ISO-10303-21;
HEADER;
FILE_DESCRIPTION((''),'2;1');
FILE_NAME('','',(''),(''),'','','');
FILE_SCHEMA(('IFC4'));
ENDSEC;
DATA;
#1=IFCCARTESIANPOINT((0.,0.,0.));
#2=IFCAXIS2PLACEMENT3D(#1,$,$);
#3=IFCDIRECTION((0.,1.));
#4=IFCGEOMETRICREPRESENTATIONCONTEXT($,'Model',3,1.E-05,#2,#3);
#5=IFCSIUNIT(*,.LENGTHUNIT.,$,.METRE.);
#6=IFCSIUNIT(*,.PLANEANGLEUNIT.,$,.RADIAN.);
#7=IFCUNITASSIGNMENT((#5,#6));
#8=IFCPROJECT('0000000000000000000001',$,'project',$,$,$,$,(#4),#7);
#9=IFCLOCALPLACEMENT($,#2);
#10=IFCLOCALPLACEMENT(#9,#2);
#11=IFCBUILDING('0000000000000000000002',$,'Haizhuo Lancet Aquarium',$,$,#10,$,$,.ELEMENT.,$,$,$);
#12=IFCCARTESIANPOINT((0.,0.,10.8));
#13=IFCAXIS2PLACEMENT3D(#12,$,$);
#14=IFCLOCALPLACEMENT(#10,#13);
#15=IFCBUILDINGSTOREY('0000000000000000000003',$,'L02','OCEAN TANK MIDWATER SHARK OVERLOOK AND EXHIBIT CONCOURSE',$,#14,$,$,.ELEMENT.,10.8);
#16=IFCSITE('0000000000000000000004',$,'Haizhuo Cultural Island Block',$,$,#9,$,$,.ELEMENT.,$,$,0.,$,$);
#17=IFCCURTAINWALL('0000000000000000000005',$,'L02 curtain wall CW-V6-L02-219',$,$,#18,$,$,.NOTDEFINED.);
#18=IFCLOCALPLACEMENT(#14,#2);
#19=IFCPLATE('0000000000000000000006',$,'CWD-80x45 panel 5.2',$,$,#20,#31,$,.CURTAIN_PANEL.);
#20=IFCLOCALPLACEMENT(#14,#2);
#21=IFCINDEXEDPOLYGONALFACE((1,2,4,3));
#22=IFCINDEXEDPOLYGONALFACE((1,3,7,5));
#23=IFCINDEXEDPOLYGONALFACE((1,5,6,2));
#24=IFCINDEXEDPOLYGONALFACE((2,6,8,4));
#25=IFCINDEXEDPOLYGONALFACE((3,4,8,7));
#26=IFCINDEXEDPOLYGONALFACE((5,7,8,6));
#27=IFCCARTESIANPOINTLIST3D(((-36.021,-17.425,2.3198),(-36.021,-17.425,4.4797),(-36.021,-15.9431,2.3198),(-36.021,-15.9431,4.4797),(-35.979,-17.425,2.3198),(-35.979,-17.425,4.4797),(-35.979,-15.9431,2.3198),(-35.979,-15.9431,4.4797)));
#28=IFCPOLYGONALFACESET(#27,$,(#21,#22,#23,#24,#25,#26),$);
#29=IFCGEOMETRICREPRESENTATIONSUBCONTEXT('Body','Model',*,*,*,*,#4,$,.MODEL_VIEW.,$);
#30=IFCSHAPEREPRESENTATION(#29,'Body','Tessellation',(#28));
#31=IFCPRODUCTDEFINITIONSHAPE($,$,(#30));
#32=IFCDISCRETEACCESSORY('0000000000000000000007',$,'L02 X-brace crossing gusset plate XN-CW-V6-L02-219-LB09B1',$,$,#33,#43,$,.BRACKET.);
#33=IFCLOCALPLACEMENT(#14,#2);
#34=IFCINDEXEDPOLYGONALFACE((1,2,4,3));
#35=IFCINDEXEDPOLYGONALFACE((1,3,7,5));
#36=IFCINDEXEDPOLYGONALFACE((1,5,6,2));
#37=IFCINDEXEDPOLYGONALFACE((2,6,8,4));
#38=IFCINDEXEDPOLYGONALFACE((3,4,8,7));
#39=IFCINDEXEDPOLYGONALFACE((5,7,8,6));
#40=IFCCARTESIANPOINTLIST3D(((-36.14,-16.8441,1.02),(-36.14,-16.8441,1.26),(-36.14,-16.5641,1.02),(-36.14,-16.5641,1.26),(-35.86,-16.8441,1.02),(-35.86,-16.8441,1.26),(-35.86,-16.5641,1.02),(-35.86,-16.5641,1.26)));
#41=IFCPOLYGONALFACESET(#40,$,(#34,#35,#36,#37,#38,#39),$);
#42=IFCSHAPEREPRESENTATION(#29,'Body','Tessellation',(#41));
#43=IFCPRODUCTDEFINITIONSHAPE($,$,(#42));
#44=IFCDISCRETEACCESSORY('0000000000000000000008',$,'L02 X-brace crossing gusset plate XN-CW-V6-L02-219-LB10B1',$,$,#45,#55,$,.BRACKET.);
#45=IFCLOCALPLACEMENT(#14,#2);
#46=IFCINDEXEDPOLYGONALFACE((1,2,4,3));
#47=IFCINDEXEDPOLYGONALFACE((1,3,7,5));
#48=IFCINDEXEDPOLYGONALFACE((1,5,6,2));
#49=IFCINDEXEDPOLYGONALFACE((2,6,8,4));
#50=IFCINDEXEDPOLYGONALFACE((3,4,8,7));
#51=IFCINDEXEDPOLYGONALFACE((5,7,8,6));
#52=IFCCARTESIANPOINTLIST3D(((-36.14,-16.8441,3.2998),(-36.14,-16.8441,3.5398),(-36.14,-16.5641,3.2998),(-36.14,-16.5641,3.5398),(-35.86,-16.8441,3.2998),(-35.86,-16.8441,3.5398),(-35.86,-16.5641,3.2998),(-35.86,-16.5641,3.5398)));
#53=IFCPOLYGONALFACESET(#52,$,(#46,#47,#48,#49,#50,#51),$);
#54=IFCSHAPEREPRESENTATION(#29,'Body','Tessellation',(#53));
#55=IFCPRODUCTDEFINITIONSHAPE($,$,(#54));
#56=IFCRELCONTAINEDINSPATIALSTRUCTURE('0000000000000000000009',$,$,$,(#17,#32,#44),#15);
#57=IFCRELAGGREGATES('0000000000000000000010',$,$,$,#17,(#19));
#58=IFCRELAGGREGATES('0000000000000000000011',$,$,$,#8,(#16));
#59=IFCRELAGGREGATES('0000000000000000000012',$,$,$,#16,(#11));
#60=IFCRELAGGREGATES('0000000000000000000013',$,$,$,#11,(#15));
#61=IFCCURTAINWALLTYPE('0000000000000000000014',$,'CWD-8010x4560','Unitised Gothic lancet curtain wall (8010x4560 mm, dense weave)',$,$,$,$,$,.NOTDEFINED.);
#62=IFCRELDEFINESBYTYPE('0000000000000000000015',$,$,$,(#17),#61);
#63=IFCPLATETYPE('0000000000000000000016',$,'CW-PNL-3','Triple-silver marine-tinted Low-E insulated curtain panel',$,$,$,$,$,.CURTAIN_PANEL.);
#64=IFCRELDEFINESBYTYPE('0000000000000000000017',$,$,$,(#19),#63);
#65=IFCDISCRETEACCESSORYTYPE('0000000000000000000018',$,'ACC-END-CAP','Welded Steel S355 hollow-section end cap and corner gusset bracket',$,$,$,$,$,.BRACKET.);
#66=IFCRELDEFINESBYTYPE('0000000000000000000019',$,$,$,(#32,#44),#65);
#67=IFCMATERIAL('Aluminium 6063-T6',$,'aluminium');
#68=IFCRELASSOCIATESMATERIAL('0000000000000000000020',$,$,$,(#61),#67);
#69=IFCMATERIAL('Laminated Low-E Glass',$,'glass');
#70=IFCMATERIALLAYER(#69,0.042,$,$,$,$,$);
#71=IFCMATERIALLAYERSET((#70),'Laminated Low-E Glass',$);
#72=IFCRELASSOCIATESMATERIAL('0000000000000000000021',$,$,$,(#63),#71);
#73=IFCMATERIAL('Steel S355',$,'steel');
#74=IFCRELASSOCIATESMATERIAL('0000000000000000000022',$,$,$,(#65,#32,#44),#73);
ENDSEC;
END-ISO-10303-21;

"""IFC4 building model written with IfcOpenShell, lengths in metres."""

from ifc_helpers import new_model, si_unit, direction, frame, origin, origin_2d, place, context, subcontext, project, spatial, rectangle, extrude, material, layer, layer_set, type_object, element, aggregate, save


model = new_model("IFC4")

# Units and contexts
model_context = context("Model", 3, precision=1e-05, world=origin(), true_north=direction((0.0, 1.0)))
body_context = subcontext(model_context, "Body", "Model", "MODEL_VIEW")
ifc_project = project(units=[si_unit("LENGTHUNIT", "METRE"), si_unit("PLANEANGLEUNIT", "RADIAN")], contexts=[model_context])

# Site, building, storey
site_placement = place(None, origin())
site = spatial("IfcSite", under=ifc_project, at=site_placement, Name="Haizhuo Cultural Island Block", CompositionType="ELEMENT", RefElevation=0.0)
building_placement = place(site_placement, origin())
building = spatial("IfcBuilding", under=site, at=building_placement, Name="Haizhuo Lancet Aquarium", CompositionType="ELEMENT")
storey_placement = place(building_placement, frame((0.0, 0.0, 10.8)))
storey = spatial("IfcBuildingStorey", under=building, at=storey_placement, Name="L02", Description="OCEAN TANK MIDWATER SHARK OVERLOOK AND EXHIBIT CONCOURSE", CompositionType="ELEMENT", Elevation=10.8)

# Shared definitions
ifc_material_1 = material(Name="Steel S355", Category="steel")

# Curtain wall
ifc_material_2 = material(Name="Aluminium 6063-T6", Category="aluminium")
curtain_wall_type = type_object("IfcCurtainWallType", Name="CWD-8010x4560", Description="Unitised Gothic lancet curtain wall (8010x4560 mm, dense weave)", PredefinedType="NOTDEFINED", material=ifc_material_2)
curtain_wall_placement = place(storey_placement, origin())
curtain_wall = element("IfcCurtainWall", 1, at=curtain_wall_placement, inside=storey, type_object=curtain_wall_type, Name="L02 curtain wall CW-V6-L02-219", PredefinedType="NOTDEFINED")

# Plate
ifc_material_3 = material(Name="Laminated Low-E Glass", Category="glass")
ifc_layer = layer(ifc_material_3, 0.042)
ifc_layer_set = layer_set([ifc_layer], Name="Laminated Low-E Glass")
plate_type = type_object("IfcPlateType", Name="CW-PNL-3", Description="Triple-silver marine-tinted Low-E insulated curtain panel", PredefinedType="CURTAIN_PANEL", material=ifc_layer_set)
plate_1_placement = place(storey_placement, frame((-36.0, -16.6841, 2.3198), z_axis=(0.0, 0.0, 1.0), x_axis=(0.0, -1.0, 0.0)))
plate_1 = element("IfcPlate", 2, at=plate_1_placement, type_object=plate_type, Name="CWD-80x45 panel 5.2", PredefinedType="CURTAIN_PANEL", context=body_context, shape_type="SweptSolid", body=[
    extrude(rectangle(XDim=1.4819, YDim=0.042, at=origin_2d()), origin(), (0.0, 0.0, 1.0), 2.1599),
])
aggregate(curtain_wall, [plate_1])

# Discrete accessories
discrete_accessory_type = type_object("IfcDiscreteAccessoryType", Name="ACC-END-CAP", Description="Welded Steel S355 hollow-section end cap and corner gusset bracket", PredefinedType="BRACKET", material=ifc_material_1)
for number, where, z_axis, x_axis, name in (
    (3, (-36.0, -16.7041, 1.02), (0.0, 0.0, 1.0), (1.0, 0.0, 0.0), "L02 X-brace crossing gusset plate XN-CW-V6-L02-219-LB09B1"),
    (4, (-36.0, -16.7041, 3.2998), (0.0, 0.0, 1.0), (1.0, 0.0, 0.0), "L02 X-brace crossing gusset plate XN-CW-V6-L02-219-LB10B1"),
):
    element("IfcDiscreteAccessory", number, at=place(storey_placement, frame(where, z_axis=z_axis, x_axis=x_axis)), inside=storey, type_object=discrete_accessory_type, material=ifc_material_1, Name=name, PredefinedType="BRACKET", context=body_context, shape_type="SweptSolid", body=[
        extrude(rectangle(XDim=0.28, YDim=0.28, at=origin_2d()), origin(), (0.0, 0.0, 1.0), 0.24),
    ])

save(model, "model.ifc")
